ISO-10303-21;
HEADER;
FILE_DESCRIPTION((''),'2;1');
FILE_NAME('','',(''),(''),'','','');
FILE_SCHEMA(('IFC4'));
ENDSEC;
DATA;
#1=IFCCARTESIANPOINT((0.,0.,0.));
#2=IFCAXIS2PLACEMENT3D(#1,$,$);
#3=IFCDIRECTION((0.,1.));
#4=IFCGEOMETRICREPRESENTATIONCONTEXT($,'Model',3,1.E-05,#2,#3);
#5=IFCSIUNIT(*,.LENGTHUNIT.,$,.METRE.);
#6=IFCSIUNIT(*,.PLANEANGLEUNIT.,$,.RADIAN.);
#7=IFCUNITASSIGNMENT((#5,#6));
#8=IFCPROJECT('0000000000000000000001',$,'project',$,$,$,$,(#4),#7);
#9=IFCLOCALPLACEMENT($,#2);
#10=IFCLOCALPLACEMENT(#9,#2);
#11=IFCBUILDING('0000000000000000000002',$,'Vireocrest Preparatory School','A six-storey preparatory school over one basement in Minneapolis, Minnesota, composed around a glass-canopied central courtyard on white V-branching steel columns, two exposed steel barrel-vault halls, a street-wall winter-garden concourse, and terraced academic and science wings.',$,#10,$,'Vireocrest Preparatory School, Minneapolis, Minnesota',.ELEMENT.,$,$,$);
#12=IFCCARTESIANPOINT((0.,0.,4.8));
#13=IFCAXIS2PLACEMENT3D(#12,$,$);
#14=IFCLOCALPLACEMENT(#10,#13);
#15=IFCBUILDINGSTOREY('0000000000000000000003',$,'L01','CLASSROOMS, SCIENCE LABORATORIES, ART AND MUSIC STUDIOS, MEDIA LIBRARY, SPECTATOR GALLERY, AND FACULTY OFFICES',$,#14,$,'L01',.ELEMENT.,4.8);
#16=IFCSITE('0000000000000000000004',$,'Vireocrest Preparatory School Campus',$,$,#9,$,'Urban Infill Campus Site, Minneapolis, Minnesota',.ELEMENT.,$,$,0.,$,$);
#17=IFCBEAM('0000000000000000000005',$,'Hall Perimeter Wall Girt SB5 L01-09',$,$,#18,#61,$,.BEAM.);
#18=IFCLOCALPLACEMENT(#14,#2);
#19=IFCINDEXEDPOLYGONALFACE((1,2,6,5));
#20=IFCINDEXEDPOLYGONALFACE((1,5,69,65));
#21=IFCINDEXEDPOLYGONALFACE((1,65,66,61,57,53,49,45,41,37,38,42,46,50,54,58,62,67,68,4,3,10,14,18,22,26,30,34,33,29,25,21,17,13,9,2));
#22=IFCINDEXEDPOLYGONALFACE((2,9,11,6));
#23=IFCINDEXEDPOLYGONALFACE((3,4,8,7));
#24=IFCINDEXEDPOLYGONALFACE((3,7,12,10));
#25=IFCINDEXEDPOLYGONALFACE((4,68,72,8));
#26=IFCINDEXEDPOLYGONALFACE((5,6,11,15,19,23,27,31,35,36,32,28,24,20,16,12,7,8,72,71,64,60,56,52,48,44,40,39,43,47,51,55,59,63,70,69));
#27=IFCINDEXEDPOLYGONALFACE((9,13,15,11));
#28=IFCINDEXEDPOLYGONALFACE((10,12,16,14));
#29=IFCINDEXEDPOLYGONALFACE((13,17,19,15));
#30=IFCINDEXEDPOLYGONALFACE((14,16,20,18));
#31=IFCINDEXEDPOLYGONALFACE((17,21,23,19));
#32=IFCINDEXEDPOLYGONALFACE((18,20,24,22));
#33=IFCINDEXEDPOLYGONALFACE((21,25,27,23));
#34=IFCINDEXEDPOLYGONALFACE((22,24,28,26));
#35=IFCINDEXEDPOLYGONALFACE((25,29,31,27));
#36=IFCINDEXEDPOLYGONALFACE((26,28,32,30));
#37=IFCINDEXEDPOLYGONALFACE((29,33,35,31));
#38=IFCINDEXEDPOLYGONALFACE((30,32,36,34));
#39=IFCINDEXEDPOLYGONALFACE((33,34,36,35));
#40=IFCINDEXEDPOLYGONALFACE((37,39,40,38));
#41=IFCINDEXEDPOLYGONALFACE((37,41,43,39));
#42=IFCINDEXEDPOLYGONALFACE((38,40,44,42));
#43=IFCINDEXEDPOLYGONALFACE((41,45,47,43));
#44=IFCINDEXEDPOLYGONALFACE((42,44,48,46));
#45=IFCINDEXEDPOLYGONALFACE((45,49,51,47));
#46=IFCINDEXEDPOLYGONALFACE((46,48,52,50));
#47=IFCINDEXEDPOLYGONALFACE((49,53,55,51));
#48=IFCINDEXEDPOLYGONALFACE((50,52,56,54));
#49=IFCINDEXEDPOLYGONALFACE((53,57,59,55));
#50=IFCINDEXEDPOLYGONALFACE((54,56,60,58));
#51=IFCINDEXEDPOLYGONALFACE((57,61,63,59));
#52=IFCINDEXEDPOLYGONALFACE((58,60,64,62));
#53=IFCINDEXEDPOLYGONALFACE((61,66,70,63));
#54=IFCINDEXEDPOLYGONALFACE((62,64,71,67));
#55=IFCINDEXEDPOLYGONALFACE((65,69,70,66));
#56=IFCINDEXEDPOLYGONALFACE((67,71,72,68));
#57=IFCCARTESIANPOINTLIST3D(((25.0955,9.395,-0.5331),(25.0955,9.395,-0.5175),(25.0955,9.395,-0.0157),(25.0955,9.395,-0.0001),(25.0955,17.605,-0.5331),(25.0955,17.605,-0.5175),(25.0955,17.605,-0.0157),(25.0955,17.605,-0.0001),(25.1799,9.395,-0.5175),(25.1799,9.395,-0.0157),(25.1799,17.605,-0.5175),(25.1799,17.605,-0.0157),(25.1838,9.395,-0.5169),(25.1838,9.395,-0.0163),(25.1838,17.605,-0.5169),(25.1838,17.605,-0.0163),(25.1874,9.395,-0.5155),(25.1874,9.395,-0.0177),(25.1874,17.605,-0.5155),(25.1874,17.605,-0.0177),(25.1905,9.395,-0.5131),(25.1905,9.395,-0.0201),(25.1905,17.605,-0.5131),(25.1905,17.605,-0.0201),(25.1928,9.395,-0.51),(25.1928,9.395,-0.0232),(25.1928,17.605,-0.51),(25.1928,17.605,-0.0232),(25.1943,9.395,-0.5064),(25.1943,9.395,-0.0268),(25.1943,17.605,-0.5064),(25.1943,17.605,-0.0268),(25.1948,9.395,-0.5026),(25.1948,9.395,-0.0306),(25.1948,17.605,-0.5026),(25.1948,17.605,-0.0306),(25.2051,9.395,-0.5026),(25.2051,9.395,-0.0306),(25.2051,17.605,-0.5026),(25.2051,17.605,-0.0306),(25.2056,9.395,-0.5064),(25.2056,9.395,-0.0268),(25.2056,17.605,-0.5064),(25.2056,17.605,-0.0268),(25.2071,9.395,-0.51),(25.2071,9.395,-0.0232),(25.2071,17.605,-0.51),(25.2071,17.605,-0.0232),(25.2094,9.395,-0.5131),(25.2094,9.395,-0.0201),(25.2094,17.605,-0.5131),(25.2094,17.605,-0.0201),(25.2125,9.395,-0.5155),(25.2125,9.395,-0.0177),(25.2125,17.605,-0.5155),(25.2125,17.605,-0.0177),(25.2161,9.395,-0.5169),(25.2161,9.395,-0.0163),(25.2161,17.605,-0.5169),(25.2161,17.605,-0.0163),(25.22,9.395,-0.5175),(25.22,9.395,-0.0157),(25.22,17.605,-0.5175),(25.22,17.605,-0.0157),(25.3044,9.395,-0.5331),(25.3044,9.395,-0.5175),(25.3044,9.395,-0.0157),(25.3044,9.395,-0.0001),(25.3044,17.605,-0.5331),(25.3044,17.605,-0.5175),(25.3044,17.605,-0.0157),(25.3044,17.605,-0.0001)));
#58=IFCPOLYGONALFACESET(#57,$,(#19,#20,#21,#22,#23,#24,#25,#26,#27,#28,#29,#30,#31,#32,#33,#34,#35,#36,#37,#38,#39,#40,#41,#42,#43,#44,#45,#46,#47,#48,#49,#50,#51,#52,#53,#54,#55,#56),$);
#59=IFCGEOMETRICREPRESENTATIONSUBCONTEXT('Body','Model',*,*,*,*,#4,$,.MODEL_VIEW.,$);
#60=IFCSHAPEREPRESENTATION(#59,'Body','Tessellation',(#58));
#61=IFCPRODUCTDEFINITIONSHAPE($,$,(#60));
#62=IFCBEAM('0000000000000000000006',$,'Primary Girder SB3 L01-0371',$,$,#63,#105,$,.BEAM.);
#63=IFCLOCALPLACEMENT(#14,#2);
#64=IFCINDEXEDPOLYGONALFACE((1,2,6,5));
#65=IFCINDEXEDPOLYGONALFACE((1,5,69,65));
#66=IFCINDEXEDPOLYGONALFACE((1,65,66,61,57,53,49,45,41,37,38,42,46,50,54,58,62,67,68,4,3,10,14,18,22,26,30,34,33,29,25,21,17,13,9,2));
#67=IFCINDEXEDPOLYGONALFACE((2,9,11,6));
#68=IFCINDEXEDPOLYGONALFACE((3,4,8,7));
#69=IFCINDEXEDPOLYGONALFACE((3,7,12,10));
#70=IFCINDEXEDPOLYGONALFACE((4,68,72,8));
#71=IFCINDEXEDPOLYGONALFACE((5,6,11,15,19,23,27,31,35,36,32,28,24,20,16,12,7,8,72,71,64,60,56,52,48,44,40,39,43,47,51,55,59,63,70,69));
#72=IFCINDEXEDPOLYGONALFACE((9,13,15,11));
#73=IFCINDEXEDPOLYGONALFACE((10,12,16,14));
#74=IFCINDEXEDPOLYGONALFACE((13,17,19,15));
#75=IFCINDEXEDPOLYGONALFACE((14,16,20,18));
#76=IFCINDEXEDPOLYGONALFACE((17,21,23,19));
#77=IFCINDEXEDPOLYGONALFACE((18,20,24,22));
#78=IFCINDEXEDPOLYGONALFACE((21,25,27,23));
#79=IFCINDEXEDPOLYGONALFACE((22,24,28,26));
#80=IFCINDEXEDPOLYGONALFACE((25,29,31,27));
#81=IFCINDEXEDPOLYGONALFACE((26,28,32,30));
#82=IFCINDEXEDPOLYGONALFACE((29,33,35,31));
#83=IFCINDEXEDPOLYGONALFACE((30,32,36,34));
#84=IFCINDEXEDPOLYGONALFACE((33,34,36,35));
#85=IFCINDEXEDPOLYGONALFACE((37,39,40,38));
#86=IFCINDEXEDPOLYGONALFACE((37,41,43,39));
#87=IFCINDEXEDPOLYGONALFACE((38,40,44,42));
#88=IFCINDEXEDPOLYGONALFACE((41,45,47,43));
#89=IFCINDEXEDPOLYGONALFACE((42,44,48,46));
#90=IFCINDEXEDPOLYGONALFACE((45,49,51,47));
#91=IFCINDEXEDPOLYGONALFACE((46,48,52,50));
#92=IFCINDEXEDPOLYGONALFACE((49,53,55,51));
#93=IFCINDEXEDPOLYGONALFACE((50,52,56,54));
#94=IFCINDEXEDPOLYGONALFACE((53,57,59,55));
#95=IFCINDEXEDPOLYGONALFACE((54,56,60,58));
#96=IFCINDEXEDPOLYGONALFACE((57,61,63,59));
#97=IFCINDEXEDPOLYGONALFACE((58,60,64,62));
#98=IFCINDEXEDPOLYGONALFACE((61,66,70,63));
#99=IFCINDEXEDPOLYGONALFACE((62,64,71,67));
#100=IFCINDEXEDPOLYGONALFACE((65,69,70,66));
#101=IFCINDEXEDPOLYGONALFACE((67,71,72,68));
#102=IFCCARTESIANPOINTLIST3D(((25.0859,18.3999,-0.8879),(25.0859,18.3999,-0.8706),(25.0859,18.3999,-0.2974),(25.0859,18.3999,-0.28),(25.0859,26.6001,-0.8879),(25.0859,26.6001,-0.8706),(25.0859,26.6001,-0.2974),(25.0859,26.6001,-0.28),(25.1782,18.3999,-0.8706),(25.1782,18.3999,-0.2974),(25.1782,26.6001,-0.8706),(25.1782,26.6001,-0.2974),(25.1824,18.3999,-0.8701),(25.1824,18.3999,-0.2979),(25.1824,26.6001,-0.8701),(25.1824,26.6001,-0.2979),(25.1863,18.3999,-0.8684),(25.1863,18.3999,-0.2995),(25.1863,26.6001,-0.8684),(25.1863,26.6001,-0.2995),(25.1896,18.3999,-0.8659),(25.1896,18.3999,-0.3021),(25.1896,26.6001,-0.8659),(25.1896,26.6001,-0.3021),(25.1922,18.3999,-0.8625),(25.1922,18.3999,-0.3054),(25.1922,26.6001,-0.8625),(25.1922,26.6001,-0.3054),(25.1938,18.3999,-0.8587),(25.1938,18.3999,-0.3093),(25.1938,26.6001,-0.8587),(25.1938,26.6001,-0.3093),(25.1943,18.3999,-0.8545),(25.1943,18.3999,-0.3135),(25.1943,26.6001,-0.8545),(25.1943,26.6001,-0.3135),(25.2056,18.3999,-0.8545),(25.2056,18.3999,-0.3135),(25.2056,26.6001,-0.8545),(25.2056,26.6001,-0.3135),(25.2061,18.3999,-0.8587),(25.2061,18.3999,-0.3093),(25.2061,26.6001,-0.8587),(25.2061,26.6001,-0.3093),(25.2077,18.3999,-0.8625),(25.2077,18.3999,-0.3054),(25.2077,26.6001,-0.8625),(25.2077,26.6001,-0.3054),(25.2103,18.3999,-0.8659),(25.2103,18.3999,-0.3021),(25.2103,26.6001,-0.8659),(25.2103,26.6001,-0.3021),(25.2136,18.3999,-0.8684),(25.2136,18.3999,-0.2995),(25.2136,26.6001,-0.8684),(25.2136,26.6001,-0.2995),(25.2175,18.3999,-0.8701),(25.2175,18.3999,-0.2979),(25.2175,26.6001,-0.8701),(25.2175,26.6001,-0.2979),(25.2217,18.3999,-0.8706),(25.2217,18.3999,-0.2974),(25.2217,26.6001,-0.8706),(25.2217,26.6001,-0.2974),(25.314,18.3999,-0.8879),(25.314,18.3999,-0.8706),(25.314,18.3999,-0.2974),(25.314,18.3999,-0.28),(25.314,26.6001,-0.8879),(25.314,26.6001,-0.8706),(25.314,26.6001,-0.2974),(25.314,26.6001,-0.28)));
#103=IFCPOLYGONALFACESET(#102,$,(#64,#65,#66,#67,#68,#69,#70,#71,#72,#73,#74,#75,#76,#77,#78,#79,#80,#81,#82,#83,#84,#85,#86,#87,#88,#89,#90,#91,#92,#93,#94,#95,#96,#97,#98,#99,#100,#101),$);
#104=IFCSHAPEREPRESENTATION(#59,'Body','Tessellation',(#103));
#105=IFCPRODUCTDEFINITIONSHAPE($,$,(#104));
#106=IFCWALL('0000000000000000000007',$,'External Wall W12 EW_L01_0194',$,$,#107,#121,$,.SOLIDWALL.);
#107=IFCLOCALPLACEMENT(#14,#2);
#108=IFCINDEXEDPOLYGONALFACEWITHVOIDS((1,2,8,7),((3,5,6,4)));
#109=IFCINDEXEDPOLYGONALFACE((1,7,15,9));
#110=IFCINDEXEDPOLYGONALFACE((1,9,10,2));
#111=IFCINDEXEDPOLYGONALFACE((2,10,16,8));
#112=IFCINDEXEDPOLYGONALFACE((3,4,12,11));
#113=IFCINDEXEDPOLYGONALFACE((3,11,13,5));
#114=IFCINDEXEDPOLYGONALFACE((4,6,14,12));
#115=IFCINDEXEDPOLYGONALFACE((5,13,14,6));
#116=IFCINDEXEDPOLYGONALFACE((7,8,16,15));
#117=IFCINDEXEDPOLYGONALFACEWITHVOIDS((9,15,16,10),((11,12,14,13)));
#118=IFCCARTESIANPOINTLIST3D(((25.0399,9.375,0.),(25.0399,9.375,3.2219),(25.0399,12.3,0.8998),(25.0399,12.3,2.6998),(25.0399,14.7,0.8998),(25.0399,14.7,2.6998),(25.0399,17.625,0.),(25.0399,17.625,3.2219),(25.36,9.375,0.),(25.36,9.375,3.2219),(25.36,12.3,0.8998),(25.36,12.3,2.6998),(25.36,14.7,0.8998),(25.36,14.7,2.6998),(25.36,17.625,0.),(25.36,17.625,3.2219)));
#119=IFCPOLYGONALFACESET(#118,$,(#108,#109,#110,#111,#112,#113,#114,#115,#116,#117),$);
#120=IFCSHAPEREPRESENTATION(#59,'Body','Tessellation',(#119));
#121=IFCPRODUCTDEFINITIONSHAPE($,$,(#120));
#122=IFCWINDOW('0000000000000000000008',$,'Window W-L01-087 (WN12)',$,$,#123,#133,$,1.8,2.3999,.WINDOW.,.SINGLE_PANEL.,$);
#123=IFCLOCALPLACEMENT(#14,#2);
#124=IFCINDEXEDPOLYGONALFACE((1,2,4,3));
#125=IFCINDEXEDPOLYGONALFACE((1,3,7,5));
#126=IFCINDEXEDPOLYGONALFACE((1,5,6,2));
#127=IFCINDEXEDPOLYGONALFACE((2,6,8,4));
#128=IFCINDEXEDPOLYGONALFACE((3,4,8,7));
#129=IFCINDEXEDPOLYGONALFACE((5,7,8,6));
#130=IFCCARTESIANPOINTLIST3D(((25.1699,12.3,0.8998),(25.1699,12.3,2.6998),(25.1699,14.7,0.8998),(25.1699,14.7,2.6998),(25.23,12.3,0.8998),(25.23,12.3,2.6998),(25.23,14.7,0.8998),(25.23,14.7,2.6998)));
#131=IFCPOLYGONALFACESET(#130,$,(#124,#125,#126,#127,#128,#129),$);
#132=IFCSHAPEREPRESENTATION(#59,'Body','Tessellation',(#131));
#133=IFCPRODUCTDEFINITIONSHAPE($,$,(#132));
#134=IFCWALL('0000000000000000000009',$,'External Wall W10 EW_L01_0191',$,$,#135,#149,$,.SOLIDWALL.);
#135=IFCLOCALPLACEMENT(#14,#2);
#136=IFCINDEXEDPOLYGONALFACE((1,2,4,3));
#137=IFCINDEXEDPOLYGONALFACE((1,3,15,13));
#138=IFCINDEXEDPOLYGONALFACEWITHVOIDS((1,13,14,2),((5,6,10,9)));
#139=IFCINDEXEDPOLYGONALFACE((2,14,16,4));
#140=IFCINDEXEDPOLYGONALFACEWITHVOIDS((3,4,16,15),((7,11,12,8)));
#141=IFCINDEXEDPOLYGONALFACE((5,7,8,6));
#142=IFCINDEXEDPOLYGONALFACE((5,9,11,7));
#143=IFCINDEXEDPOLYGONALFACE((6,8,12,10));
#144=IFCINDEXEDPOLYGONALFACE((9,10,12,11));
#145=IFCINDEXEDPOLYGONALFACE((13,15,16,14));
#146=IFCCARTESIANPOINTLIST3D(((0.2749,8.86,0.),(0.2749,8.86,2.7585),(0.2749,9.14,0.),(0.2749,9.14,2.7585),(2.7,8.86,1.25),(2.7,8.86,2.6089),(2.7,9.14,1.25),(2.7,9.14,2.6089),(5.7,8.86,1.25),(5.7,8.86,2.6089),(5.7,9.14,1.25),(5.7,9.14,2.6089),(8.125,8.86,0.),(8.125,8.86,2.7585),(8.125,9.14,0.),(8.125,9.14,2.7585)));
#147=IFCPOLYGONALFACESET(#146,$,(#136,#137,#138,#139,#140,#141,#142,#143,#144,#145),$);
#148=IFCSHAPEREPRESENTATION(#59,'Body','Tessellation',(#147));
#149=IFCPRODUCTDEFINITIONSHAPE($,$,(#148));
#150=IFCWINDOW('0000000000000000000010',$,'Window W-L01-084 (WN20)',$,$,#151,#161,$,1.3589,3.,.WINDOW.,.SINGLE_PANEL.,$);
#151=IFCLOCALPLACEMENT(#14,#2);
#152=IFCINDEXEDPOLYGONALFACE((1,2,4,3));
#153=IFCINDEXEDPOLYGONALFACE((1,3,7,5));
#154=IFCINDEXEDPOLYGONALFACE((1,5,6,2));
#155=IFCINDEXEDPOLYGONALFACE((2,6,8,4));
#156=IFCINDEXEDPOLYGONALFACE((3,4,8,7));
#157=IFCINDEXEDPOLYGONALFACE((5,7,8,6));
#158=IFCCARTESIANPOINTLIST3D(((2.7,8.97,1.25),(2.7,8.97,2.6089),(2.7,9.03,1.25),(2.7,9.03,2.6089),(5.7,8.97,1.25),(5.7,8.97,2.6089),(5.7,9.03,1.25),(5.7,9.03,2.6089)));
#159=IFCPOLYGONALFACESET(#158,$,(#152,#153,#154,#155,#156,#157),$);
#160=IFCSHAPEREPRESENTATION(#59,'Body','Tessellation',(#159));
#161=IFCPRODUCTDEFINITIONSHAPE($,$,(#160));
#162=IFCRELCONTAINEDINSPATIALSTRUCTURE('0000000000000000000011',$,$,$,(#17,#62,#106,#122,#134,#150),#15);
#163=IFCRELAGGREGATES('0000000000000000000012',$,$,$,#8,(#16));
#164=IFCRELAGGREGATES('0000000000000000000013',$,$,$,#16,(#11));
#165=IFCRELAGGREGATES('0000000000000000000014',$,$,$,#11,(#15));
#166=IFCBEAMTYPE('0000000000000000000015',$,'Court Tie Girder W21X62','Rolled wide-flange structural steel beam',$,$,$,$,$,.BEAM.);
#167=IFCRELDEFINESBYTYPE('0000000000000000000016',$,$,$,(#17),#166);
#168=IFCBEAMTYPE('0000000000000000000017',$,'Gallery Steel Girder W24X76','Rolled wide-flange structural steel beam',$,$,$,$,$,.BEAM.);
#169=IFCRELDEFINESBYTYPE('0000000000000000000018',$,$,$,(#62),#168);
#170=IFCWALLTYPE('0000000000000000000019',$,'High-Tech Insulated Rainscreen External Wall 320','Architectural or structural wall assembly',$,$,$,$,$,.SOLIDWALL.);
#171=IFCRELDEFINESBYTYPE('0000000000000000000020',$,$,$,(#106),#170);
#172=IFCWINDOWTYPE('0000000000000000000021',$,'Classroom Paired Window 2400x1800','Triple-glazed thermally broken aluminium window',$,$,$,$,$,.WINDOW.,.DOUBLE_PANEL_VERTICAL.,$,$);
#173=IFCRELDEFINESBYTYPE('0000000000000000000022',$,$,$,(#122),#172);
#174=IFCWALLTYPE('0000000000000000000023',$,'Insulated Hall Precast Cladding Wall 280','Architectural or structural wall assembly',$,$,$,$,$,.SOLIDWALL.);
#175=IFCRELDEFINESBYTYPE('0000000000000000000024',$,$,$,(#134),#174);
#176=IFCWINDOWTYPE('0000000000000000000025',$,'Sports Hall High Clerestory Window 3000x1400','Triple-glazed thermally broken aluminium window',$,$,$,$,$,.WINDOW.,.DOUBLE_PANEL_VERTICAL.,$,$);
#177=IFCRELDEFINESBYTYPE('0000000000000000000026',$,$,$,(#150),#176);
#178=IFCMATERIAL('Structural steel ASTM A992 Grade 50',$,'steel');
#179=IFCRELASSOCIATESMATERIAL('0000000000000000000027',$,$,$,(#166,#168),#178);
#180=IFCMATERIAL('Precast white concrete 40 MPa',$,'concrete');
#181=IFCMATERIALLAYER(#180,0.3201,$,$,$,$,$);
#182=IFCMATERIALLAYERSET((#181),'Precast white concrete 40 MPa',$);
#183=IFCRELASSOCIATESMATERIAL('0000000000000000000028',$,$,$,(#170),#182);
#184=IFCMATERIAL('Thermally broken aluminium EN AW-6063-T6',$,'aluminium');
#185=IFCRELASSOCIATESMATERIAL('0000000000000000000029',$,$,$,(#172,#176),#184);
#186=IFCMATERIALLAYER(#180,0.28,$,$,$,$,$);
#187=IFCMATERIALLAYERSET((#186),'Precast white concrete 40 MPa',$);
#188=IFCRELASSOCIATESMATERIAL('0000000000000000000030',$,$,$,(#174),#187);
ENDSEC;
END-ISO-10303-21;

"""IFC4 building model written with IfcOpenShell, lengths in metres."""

from ifc_helpers import new_model, si_unit, direction, frame, frame_2d, origin, origin_2d, place, context, subcontext, project, spatial, rectangle, i_section, extrude, material, layer, layer_set, material_profile, profile_set, type_object, element, fill, save


model = new_model("IFC4")

# Units and contexts
model_context = context("Model", 3, precision=1e-05, world=origin(), true_north=direction((0.0, 1.0)))
body_context = subcontext(model_context, "Body", "Model", "MODEL_VIEW")
ifc_project = project(units=[si_unit("LENGTHUNIT", "METRE"), si_unit("PLANEANGLEUNIT", "RADIAN")], contexts=[model_context])

# Site, building, storey
site_placement = place(None, origin())
site = spatial("IfcSite", under=ifc_project, at=site_placement, Name="Vireocrest Preparatory School Campus", LongName="Urban Infill Campus Site, Minneapolis, Minnesota", CompositionType="ELEMENT", RefElevation=0.0)
building_placement = place(site_placement, origin())
building = spatial("IfcBuilding", under=site, at=building_placement, Name="Vireocrest Preparatory School", Description="A six-storey preparatory school over one basement in Minneapolis, Minnesota, composed around a glass-canopied central courtyard on white V-branching steel columns, two exposed steel barrel-vault halls, a street-wall winter-garden concourse, and terraced academic and science wings.", LongName="Vireocrest Preparatory School, Minneapolis, Minnesota", CompositionType="ELEMENT")
storey_placement = place(building_placement, frame((0.0, 0.0, 4.8)))
storey = spatial("IfcBuildingStorey", under=building, at=storey_placement, Name="L01", Description="CLASSROOMS, SCIENCE LABORATORIES, ART AND MUSIC STUDIOS, MEDIA LIBRARY, SPECTATOR GALLERY, AND FACULTY OFFICES", LongName="L01", CompositionType="ELEMENT", Elevation=4.8)

# Beams
ifc_material_1 = material(Name="Structural steel ASTM A992 Grade 50", Category="steel")
ifc_material_profile_1 = material_profile(ifc_material_1, i_section(OverallWidth=0.209, OverallDepth=0.533, WebThickness=0.0103, FlangeThickness=0.0156, FilletRadius=0.0149, at=origin_2d()), Name="W21X62")
ifc_profile_set_1 = profile_set([ifc_material_profile_1], Name="Structural steel ASTM A992 Grade 50")
beam_type_1 = type_object("IfcBeamType", Name="Court Tie Girder W21X62", Description="Rolled wide-flange structural steel beam", PredefinedType="BEAM", material=ifc_profile_set_1)
beam_1_placement = place(storey_placement, frame((25.2, 9.395, -0.2666), z_axis=(0.0, 1.0, 0.0), x_axis=(-1.0, 0.0, 0.0)))
element("IfcBeam", 1, at=beam_1_placement, inside=storey, type_object=beam_type_1, Name="Hall Perimeter Wall Girt SB5 L01-09", PredefinedType="BEAM", context=body_context, shape_type="SweptSolid", body=[
    extrude(i_section(OverallWidth=0.209, OverallDepth=0.533, WebThickness=0.0103, FlangeThickness=0.0156, FilletRadius=0.0149, at=origin_2d()), origin(), (0.0, 0.0, 1.0), 8.21),
])
ifc_material_profile_2 = material_profile(ifc_material_1, i_section(OverallWidth=0.228, OverallDepth=0.6079, WebThickness=0.0112, FlangeThickness=0.0173, FilletRadius=0.0161, at=origin_2d()), Name="W24X76")
ifc_profile_set_2 = profile_set([ifc_material_profile_2], Name="Structural steel ASTM A992 Grade 50")
beam_type_2 = type_object("IfcBeamType", Name="Gallery Steel Girder W24X76", Description="Rolled wide-flange structural steel beam", PredefinedType="BEAM", material=ifc_profile_set_2)
beam_2_placement = place(storey_placement, frame((25.2, 18.3999, -0.584), z_axis=(0.0, 1.0, 0.0), x_axis=(-1.0, 0.0, 0.0)))
element("IfcBeam", 2, at=beam_2_placement, inside=storey, type_object=beam_type_2, Name="Primary Girder SB3 L01-0371", PredefinedType="BEAM", context=body_context, shape_type="SweptSolid", body=[
    extrude(i_section(OverallWidth=0.228, OverallDepth=0.6079, WebThickness=0.0112, FlangeThickness=0.0173, FilletRadius=0.0161, at=origin_2d()), origin(), (0.0, 0.0, 1.0), 8.2002),
])

# Walls, openings, windows
ifc_material_2 = material(Name="Precast white concrete 40 MPa", Category="concrete")
ifc_layer_1 = layer(ifc_material_2, 0.3201)
ifc_layer_set_1 = layer_set([ifc_layer_1], Name="Precast white concrete 40 MPa")
wall_type_1 = type_object("IfcWallType", Name="High-Tech Insulated Rainscreen External Wall 320", Description="Architectural or structural wall assembly", PredefinedType="SOLIDWALL", material=ifc_layer_set_1)
wall_1_placement = place(storey_placement, frame((25.2, 9.375, 0.0), z_axis=(0.0, 0.0, 1.0), x_axis=(0.0, 1.0, 0.0)))
wall_1 = element("IfcWall", 3, at=wall_1_placement, inside=storey, type_object=wall_type_1, Name="External Wall W12 EW_L01_0194", PredefinedType="SOLIDWALL", context=body_context, shape_type="SweptSolid", body=[
    extrude(rectangle(XDim=8.25, YDim=0.3201, at=frame_2d((4.125, 0.0))), origin(), (0.0, 0.0, 1.0), 3.2219),
])
opening_1_placement = place(wall_1_placement, frame((2.925, 0.0, 0.8999)))
opening_1 = element("IfcOpeningElement", 4, at=opening_1_placement, cuts=wall_1, PredefinedType="OPENING", context=body_context, shape_type="SweptSolid", body=[
    extrude(rectangle(XDim=2.3999, YDim=1.8, at=frame_2d((1.2, 0.8999))), frame((0.0, 0.1699, 0.0), z_axis=(0.0, -1.0, 0.0), x_axis=(1.0, 0.0, 0.0)), (0.0, 0.0, 1.0), 0.3401),
])
ifc_material_3 = material(Name="Thermally broken aluminium EN AW-6063-T6", Category="aluminium")
window_type_1 = type_object("IfcWindowType", Name="Classroom Paired Window 2400x1800", Description="Triple-glazed thermally broken aluminium window", PartitioningType="DOUBLE_PANEL_VERTICAL", PredefinedType="WINDOW", material=ifc_material_3)
window_1_placement = place(opening_1_placement, origin())
window_1 = element("IfcWindow", 5, at=window_1_placement, inside=storey, type_object=window_type_1, Name="Window W-L01-087 (WN12)", OverallHeight=1.8, OverallWidth=2.3999, PartitioningType="SINGLE_PANEL", PredefinedType="WINDOW", context=body_context, shape_type="SweptSolid", body=[
    extrude(rectangle(XDim=2.3999, YDim=1.8, at=frame_2d((1.2, 0.8999))), frame((0.0, 0.03, 0.0), z_axis=(0.0, -1.0, 0.0), x_axis=(1.0, 0.0, 0.0)), (0.0, 0.0, 1.0), 0.0601),
])
fill(opening_1, window_1)
ifc_layer_2 = layer(ifc_material_2, 0.28)
ifc_layer_set_2 = layer_set([ifc_layer_2], Name="Precast white concrete 40 MPa")
wall_type_2 = type_object("IfcWallType", Name="Insulated Hall Precast Cladding Wall 280", Description="Architectural or structural wall assembly", PredefinedType="SOLIDWALL", material=ifc_layer_set_2)
wall_2_placement = place(storey_placement, frame((0.2749, 9.0, 0.0), z_axis=(0.0, 0.0, 1.0), x_axis=(1.0, 0.0, 0.0)))
wall_2 = element("IfcWall", 6, at=wall_2_placement, inside=storey, type_object=wall_type_2, Name="External Wall W10 EW_L01_0191", PredefinedType="SOLIDWALL", context=body_context, shape_type="SweptSolid", body=[
    extrude(rectangle(XDim=7.8501, YDim=0.28, at=frame_2d((3.925, 0.0))), origin(), (0.0, 0.0, 1.0), 2.7585),
])
opening_2_placement = place(wall_2_placement, frame((2.425, 0.0, 1.25)))
opening_2 = element("IfcOpeningElement", 7, at=opening_2_placement, cuts=wall_2, PredefinedType="OPENING", context=body_context, shape_type="SweptSolid", body=[
    extrude(rectangle(XDim=3.0, YDim=1.3589, at=frame_2d((1.5, 0.6794))), frame((0.0, 0.1499, 0.0), z_axis=(0.0, -1.0, 0.0), x_axis=(1.0, 0.0, 0.0)), (0.0, 0.0, 1.0), 0.3),
])
window_type_2 = type_object("IfcWindowType", Name="Sports Hall High Clerestory Window 3000x1400", Description="Triple-glazed thermally broken aluminium window", PartitioningType="DOUBLE_PANEL_VERTICAL", PredefinedType="WINDOW", material=ifc_material_3)
window_2_placement = place(opening_2_placement, origin())
window_2 = element("IfcWindow", 8, at=window_2_placement, inside=storey, type_object=window_type_2, Name="Window W-L01-084 (WN20)", OverallHeight=1.3589, OverallWidth=3.0, PartitioningType="SINGLE_PANEL", PredefinedType="WINDOW", context=body_context, shape_type="SweptSolid", body=[
    extrude(rectangle(XDim=3.0, YDim=1.3589, at=frame_2d((1.5, 0.6794))), frame((0.0, 0.03, 0.0), z_axis=(0.0, -1.0, 0.0), x_axis=(1.0, 0.0, 0.0)), (0.0, 0.0, 1.0), 0.0601),
])
fill(opening_2, window_2)

save(model, "model.ifc")
